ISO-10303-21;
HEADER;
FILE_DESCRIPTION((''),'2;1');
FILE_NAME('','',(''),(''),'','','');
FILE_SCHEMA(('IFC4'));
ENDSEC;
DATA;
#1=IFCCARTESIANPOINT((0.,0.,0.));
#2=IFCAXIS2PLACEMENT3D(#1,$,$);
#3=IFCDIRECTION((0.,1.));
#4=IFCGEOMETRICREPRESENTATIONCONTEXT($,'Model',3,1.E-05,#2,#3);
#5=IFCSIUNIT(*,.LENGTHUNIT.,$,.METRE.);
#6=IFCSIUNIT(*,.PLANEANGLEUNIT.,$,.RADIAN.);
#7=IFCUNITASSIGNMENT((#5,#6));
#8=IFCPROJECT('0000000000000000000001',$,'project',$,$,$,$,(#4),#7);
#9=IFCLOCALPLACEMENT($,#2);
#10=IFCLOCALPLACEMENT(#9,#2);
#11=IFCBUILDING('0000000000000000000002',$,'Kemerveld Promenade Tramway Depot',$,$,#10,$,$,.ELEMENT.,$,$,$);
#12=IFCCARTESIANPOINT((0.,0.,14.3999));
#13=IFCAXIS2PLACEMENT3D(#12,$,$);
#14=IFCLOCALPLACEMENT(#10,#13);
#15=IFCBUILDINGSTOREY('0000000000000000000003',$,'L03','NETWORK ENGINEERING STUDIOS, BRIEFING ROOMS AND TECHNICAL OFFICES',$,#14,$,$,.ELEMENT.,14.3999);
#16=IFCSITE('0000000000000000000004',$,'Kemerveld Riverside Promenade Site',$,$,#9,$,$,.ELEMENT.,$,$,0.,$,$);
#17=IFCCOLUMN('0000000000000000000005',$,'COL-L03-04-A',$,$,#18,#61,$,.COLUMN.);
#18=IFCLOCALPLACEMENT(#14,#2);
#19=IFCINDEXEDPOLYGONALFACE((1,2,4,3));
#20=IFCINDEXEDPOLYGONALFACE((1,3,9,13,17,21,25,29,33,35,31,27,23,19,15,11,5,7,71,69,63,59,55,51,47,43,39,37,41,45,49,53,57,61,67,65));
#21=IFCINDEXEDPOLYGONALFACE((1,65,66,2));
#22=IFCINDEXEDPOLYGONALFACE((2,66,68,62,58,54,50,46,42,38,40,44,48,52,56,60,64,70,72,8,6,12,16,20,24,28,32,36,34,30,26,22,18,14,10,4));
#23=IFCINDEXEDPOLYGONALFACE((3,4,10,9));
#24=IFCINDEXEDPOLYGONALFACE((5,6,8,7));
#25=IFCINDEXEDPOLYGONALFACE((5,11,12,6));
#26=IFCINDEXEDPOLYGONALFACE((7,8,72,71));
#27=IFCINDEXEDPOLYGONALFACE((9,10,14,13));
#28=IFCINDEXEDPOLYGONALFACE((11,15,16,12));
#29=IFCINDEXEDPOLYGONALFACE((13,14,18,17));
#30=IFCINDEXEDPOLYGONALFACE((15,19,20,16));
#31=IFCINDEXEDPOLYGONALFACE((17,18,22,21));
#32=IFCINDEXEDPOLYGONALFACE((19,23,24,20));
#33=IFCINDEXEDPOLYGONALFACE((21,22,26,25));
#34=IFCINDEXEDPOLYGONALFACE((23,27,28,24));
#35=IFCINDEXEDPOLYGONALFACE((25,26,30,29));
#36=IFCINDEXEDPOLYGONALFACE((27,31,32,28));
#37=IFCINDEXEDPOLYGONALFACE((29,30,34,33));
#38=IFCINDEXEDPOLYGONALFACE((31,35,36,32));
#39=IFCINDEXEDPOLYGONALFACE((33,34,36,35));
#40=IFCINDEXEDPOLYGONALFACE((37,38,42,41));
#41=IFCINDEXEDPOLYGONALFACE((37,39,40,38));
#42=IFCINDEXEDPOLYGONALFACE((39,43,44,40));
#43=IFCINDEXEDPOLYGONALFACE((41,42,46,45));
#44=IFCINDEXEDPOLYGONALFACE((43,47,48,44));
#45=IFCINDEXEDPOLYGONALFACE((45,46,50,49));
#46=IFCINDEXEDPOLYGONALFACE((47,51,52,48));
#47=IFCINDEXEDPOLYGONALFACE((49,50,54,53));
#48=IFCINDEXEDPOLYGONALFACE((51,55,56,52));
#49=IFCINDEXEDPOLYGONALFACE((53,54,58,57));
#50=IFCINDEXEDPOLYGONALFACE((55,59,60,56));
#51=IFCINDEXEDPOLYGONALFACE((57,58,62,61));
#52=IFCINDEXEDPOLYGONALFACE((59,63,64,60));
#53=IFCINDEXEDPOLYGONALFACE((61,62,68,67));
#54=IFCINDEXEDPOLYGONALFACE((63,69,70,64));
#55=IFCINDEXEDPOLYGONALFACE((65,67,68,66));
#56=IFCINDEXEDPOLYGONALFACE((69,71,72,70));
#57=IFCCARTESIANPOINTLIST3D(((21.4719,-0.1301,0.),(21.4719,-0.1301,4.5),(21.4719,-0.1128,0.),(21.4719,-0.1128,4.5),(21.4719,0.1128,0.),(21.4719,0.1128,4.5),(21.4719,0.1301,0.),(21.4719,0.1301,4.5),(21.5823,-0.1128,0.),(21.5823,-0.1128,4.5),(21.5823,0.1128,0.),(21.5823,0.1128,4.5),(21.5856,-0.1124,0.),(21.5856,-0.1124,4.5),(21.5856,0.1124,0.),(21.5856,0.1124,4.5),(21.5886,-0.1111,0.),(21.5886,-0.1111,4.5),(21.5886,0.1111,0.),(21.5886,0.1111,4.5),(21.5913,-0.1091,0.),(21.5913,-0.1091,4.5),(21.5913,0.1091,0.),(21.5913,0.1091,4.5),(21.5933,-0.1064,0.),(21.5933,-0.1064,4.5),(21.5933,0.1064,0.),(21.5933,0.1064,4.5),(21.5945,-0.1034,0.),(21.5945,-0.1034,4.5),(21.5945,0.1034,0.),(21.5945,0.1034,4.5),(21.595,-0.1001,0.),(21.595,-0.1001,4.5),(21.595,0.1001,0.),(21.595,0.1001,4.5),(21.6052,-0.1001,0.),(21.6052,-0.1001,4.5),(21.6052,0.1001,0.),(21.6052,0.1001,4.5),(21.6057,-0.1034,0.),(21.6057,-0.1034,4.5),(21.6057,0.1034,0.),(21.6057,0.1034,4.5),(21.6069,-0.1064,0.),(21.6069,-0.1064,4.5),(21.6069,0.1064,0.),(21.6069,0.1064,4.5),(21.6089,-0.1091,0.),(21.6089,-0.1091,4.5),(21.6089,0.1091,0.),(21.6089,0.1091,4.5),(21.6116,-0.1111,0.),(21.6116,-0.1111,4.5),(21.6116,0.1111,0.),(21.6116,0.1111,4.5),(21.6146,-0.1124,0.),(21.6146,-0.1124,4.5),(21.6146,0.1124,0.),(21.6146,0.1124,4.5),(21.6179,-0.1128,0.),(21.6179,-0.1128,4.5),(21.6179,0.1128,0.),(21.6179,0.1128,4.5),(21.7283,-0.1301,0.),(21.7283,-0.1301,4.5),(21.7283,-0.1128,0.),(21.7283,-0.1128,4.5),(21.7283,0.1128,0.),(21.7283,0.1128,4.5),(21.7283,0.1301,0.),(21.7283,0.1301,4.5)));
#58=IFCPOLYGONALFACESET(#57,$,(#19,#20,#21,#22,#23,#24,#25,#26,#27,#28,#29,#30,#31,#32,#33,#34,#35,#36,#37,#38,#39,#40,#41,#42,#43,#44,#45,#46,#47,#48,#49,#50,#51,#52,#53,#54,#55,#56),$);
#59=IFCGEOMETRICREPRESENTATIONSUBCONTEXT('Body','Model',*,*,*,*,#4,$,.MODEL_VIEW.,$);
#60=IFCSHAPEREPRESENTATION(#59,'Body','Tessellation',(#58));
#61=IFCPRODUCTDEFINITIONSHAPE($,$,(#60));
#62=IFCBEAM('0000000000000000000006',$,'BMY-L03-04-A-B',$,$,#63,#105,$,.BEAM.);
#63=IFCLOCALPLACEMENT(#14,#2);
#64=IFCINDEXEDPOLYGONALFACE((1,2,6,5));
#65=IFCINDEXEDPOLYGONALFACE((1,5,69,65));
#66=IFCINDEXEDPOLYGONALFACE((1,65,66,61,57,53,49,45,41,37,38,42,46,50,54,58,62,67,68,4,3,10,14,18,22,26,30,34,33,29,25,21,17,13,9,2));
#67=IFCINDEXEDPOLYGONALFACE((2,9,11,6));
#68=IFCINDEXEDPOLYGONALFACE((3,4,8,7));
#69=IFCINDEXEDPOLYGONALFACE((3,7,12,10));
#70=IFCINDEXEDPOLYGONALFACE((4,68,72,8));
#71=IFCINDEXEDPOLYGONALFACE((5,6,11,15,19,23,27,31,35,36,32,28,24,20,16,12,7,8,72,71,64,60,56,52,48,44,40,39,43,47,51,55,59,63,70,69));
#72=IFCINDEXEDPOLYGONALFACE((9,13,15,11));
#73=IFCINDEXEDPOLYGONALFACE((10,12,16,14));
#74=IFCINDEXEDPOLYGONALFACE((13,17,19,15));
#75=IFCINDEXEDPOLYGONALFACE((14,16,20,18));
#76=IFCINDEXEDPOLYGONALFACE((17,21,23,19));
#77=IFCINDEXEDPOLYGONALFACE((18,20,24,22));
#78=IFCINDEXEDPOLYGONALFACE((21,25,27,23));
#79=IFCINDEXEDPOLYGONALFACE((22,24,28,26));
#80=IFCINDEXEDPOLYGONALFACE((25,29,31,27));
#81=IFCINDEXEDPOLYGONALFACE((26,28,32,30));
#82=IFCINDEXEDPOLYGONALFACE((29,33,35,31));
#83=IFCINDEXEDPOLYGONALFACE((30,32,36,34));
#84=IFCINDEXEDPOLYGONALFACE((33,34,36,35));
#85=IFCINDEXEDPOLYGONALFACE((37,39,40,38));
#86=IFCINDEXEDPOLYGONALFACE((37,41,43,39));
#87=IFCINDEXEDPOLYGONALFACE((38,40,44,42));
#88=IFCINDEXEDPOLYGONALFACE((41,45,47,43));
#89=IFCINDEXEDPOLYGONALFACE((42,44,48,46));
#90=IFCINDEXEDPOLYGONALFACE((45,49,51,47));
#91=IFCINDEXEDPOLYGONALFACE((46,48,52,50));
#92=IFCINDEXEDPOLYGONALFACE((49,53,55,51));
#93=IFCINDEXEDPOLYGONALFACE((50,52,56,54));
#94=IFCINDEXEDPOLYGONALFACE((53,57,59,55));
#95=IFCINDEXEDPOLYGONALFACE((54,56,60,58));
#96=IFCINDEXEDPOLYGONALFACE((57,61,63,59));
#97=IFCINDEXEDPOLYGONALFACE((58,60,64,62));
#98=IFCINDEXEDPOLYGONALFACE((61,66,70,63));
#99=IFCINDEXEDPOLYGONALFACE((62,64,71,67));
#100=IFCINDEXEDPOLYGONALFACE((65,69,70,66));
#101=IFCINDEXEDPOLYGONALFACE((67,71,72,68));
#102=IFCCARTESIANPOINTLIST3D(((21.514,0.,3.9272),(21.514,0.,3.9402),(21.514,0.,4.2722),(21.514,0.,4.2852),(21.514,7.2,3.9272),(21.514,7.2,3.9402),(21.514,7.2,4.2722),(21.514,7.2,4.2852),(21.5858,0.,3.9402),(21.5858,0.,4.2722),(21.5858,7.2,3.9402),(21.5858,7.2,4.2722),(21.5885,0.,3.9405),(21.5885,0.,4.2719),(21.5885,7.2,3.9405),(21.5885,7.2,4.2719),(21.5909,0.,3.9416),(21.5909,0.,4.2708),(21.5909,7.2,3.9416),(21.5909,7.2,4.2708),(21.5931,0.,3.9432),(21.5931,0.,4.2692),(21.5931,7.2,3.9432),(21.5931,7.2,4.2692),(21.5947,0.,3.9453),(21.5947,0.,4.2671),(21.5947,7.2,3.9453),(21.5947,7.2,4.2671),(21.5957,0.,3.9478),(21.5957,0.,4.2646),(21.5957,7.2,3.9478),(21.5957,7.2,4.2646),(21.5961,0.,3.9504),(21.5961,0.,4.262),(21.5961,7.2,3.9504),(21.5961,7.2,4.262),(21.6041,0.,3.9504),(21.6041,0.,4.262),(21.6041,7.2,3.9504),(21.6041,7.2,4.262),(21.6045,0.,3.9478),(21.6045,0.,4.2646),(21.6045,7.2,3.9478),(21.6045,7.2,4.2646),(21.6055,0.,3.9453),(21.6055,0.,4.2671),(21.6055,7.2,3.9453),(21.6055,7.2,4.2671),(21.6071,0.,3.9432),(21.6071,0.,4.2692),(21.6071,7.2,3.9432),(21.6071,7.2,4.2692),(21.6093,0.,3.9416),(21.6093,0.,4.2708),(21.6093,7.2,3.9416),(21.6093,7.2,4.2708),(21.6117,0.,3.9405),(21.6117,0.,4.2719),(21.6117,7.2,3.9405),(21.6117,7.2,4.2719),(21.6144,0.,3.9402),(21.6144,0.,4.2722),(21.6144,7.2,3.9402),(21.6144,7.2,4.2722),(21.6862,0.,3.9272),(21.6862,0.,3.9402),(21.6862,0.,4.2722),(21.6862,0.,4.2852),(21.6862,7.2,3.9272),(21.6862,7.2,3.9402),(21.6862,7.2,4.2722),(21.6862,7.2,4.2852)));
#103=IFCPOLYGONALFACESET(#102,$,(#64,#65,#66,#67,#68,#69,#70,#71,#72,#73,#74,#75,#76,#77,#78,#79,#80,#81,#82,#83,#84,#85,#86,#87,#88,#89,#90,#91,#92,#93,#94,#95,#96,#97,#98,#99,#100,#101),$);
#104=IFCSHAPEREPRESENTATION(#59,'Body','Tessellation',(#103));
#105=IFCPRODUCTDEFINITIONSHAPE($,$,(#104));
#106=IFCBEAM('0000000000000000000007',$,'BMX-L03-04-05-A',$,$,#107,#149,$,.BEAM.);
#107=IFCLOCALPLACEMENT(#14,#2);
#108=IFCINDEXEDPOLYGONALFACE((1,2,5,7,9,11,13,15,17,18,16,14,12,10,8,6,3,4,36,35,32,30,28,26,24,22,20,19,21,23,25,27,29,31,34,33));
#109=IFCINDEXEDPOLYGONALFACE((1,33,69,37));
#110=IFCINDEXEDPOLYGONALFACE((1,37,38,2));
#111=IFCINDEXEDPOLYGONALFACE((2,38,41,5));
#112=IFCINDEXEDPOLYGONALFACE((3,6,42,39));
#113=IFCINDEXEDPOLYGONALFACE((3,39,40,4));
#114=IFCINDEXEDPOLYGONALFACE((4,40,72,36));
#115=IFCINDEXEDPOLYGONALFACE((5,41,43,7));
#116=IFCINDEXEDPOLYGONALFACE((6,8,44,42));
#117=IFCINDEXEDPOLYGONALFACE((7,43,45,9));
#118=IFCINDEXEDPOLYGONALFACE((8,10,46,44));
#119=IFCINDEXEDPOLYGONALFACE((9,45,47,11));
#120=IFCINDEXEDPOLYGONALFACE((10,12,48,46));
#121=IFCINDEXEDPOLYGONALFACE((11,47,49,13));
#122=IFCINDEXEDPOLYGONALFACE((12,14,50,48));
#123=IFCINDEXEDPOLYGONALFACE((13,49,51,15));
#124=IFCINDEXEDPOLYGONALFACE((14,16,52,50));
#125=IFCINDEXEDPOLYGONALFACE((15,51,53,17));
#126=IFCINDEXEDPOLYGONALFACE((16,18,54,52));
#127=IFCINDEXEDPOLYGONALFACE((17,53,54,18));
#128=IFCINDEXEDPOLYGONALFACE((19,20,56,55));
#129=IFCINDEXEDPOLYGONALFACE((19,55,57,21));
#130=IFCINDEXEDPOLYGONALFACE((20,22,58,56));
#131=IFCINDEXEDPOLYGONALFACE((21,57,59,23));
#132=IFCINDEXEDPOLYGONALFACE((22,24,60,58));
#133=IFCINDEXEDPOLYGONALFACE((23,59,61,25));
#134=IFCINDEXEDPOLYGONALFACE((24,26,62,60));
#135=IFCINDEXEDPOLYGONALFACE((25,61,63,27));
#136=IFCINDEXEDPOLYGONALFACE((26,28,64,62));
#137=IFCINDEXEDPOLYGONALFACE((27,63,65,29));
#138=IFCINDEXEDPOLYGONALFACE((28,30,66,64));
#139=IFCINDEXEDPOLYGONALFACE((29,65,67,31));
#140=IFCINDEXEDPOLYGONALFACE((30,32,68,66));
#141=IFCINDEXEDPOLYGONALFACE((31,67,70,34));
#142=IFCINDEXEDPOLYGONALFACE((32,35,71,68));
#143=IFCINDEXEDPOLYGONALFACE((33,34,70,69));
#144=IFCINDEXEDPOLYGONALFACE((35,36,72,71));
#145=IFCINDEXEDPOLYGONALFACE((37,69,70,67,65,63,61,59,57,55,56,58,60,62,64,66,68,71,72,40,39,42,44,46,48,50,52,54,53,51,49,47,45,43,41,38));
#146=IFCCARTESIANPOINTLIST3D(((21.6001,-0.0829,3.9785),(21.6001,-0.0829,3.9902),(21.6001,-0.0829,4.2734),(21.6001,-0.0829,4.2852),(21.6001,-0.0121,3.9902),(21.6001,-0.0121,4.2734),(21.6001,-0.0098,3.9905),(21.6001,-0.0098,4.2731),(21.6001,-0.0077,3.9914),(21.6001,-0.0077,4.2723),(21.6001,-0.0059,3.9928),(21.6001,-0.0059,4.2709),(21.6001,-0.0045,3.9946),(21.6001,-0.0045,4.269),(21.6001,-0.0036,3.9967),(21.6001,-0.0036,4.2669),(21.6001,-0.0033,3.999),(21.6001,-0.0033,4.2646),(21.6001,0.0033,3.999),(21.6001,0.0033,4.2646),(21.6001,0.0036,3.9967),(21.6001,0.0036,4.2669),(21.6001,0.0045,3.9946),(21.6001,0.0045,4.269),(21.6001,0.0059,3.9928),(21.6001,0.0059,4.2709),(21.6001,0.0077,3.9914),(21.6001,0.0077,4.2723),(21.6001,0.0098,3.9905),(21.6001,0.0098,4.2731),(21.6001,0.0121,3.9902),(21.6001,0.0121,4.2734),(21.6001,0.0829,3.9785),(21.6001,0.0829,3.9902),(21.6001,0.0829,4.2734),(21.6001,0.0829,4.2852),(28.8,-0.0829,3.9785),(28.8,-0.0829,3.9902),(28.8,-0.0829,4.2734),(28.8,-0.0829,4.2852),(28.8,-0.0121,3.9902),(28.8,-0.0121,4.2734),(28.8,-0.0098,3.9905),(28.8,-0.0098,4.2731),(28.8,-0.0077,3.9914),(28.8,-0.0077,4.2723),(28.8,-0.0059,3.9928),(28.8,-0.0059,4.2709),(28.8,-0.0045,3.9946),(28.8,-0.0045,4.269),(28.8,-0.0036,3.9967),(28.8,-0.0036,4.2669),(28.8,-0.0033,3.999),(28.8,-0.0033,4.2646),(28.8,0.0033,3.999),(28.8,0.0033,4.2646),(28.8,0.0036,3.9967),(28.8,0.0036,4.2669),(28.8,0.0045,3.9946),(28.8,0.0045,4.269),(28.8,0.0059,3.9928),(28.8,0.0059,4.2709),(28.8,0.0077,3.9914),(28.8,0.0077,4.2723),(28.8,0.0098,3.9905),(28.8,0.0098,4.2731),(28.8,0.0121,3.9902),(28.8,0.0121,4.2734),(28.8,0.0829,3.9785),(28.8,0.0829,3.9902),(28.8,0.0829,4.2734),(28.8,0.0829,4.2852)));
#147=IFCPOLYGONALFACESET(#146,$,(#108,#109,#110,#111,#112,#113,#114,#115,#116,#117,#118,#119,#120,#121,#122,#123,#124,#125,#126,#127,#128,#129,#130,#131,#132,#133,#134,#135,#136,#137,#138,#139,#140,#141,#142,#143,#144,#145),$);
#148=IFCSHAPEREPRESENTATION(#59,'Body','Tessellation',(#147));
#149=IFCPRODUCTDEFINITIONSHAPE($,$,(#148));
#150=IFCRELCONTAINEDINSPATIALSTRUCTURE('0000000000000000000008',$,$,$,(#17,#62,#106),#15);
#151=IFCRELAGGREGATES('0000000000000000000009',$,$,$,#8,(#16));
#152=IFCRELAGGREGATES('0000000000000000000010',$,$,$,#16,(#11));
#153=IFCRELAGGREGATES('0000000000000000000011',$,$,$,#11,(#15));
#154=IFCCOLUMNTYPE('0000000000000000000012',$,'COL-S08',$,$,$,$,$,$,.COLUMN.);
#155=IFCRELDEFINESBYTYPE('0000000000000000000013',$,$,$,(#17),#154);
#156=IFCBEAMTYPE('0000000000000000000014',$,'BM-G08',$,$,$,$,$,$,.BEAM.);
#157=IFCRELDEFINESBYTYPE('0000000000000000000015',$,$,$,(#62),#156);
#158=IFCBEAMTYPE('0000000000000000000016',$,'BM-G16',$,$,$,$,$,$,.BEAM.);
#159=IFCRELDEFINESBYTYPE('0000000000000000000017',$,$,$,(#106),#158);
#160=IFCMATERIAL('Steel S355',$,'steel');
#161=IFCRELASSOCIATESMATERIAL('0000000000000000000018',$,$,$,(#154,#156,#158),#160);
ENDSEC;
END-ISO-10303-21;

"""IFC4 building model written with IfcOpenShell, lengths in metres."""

from ifc_helpers import new_model, si_unit, direction, frame, origin, origin_2d, place, context, subcontext, project, spatial, i_section, extrude, material, material_profile, profile_set, type_object, element, save


model = new_model("IFC4")

# Units and contexts
model_context = context("Model", 3, precision=1e-05, world=origin(), true_north=direction((0.0, 1.0)))
body_context = subcontext(model_context, "Body", "Model", "MODEL_VIEW")
ifc_project = project(units=[si_unit("LENGTHUNIT", "METRE"), si_unit("PLANEANGLEUNIT", "RADIAN")], contexts=[model_context])

# Site, building, storey
site_placement = place(None, origin())
site = spatial("IfcSite", under=ifc_project, at=site_placement, Name="Kemerveld Riverside Promenade Site", CompositionType="ELEMENT", RefElevation=0.0)
building_placement = place(site_placement, origin())
building = spatial("IfcBuilding", under=site, at=building_placement, Name="Kemerveld Promenade Tramway Depot", CompositionType="ELEMENT")
storey_placement = place(building_placement, frame((0.0, 0.0, 14.3999)))
storey = spatial("IfcBuildingStorey", under=building, at=storey_placement, Name="L03", Description="NETWORK ENGINEERING STUDIOS, BRIEFING ROOMS AND TECHNICAL OFFICES", CompositionType="ELEMENT", Elevation=14.3999)

# Column
ifc_material_1 = material(Name="Steel S355", Category="steel")
ifc_material_profile_1 = material_profile(ifc_material_1, i_section(OverallWidth=0.2563, OverallDepth=0.2603, WebThickness=0.0103, FlangeThickness=0.0173, FilletRadius=0.0127, at=origin_2d()), Name="254x254x89 UC")
ifc_profile_set_1 = profile_set([ifc_material_profile_1], Name="Steel S355")
column_type = type_object("IfcColumnType", Name="COL-S08", PredefinedType="COLUMN", material=ifc_profile_set_1)
column_placement = place(storey_placement, frame((21.6001, 0.0, 0.0), z_axis=(0.0, 0.0, 1.0), x_axis=(1.0, 0.0, 0.0)))
element("IfcColumn", 1, at=column_placement, inside=storey, type_object=column_type, Name="COL-L03-04-A", PredefinedType="COLUMN", context=body_context, shape_type="SweptSolid", body=[
    extrude(i_section(OverallWidth=0.2563, OverallDepth=0.2603, WebThickness=0.0103, FlangeThickness=0.0173, FilletRadius=0.0127, at=origin_2d()), origin(), (0.0, 0.0, 1.0), 4.5),
])

# Beams
ifc_material_profile_2 = material_profile(ifc_material_1, i_section(OverallWidth=0.1721, OverallDepth=0.3579, WebThickness=0.0081, FlangeThickness=0.0129, FilletRadius=0.0103, at=origin_2d()), Name="356x171x57 UB")
ifc_profile_set_2 = profile_set([ifc_material_profile_2], Name="Steel S355")
beam_type_1 = type_object("IfcBeamType", Name="BM-G08", PredefinedType="BEAM", material=ifc_profile_set_2)
beam_1_placement = place(storey_placement, frame((21.6001, 0.0, 4.1062), z_axis=(0.0, 1.0, 0.0), x_axis=(-1.0, 0.0, 0.0)))
element("IfcBeam", 2, at=beam_1_placement, inside=storey, type_object=beam_type_1, Name="BMY-L03-04-A-B", PredefinedType="BEAM", context=body_context, shape_type="SweptSolid", body=[
    extrude(i_section(OverallWidth=0.1721, OverallDepth=0.3579, WebThickness=0.0081, FlangeThickness=0.0129, FilletRadius=0.0103, at=origin_2d()), origin(), (0.0, 0.0, 1.0), 7.2),
])
ifc_material_profile_3 = material_profile(ifc_material_1, i_section(OverallWidth=0.1658, OverallDepth=0.3066, WebThickness=0.0066, FlangeThickness=0.0117, FilletRadius=0.0088, at=origin_2d()), Name="305x165x46 UB")
ifc_profile_set_3 = profile_set([ifc_material_profile_3], Name="Steel S355")
beam_type_2 = type_object("IfcBeamType", Name="BM-G16", PredefinedType="BEAM", material=ifc_profile_set_3)
beam_2_placement = place(storey_placement, frame((21.6001, 0.0, 4.1318), z_axis=(1.0, 0.0, 0.0), x_axis=(0.0, 1.0, 0.0)))
element("IfcBeam", 3, at=beam_2_placement, inside=storey, type_object=beam_type_2, Name="BMX-L03-04-05-A", PredefinedType="BEAM", context=body_context, shape_type="SweptSolid", body=[
    extrude(i_section(OverallWidth=0.1658, OverallDepth=0.3066, WebThickness=0.0066, FlangeThickness=0.0117, FilletRadius=0.0088, at=origin_2d()), origin(), (0.0, 0.0, 1.0), 7.2),
])

save(model, "model.ifc")
